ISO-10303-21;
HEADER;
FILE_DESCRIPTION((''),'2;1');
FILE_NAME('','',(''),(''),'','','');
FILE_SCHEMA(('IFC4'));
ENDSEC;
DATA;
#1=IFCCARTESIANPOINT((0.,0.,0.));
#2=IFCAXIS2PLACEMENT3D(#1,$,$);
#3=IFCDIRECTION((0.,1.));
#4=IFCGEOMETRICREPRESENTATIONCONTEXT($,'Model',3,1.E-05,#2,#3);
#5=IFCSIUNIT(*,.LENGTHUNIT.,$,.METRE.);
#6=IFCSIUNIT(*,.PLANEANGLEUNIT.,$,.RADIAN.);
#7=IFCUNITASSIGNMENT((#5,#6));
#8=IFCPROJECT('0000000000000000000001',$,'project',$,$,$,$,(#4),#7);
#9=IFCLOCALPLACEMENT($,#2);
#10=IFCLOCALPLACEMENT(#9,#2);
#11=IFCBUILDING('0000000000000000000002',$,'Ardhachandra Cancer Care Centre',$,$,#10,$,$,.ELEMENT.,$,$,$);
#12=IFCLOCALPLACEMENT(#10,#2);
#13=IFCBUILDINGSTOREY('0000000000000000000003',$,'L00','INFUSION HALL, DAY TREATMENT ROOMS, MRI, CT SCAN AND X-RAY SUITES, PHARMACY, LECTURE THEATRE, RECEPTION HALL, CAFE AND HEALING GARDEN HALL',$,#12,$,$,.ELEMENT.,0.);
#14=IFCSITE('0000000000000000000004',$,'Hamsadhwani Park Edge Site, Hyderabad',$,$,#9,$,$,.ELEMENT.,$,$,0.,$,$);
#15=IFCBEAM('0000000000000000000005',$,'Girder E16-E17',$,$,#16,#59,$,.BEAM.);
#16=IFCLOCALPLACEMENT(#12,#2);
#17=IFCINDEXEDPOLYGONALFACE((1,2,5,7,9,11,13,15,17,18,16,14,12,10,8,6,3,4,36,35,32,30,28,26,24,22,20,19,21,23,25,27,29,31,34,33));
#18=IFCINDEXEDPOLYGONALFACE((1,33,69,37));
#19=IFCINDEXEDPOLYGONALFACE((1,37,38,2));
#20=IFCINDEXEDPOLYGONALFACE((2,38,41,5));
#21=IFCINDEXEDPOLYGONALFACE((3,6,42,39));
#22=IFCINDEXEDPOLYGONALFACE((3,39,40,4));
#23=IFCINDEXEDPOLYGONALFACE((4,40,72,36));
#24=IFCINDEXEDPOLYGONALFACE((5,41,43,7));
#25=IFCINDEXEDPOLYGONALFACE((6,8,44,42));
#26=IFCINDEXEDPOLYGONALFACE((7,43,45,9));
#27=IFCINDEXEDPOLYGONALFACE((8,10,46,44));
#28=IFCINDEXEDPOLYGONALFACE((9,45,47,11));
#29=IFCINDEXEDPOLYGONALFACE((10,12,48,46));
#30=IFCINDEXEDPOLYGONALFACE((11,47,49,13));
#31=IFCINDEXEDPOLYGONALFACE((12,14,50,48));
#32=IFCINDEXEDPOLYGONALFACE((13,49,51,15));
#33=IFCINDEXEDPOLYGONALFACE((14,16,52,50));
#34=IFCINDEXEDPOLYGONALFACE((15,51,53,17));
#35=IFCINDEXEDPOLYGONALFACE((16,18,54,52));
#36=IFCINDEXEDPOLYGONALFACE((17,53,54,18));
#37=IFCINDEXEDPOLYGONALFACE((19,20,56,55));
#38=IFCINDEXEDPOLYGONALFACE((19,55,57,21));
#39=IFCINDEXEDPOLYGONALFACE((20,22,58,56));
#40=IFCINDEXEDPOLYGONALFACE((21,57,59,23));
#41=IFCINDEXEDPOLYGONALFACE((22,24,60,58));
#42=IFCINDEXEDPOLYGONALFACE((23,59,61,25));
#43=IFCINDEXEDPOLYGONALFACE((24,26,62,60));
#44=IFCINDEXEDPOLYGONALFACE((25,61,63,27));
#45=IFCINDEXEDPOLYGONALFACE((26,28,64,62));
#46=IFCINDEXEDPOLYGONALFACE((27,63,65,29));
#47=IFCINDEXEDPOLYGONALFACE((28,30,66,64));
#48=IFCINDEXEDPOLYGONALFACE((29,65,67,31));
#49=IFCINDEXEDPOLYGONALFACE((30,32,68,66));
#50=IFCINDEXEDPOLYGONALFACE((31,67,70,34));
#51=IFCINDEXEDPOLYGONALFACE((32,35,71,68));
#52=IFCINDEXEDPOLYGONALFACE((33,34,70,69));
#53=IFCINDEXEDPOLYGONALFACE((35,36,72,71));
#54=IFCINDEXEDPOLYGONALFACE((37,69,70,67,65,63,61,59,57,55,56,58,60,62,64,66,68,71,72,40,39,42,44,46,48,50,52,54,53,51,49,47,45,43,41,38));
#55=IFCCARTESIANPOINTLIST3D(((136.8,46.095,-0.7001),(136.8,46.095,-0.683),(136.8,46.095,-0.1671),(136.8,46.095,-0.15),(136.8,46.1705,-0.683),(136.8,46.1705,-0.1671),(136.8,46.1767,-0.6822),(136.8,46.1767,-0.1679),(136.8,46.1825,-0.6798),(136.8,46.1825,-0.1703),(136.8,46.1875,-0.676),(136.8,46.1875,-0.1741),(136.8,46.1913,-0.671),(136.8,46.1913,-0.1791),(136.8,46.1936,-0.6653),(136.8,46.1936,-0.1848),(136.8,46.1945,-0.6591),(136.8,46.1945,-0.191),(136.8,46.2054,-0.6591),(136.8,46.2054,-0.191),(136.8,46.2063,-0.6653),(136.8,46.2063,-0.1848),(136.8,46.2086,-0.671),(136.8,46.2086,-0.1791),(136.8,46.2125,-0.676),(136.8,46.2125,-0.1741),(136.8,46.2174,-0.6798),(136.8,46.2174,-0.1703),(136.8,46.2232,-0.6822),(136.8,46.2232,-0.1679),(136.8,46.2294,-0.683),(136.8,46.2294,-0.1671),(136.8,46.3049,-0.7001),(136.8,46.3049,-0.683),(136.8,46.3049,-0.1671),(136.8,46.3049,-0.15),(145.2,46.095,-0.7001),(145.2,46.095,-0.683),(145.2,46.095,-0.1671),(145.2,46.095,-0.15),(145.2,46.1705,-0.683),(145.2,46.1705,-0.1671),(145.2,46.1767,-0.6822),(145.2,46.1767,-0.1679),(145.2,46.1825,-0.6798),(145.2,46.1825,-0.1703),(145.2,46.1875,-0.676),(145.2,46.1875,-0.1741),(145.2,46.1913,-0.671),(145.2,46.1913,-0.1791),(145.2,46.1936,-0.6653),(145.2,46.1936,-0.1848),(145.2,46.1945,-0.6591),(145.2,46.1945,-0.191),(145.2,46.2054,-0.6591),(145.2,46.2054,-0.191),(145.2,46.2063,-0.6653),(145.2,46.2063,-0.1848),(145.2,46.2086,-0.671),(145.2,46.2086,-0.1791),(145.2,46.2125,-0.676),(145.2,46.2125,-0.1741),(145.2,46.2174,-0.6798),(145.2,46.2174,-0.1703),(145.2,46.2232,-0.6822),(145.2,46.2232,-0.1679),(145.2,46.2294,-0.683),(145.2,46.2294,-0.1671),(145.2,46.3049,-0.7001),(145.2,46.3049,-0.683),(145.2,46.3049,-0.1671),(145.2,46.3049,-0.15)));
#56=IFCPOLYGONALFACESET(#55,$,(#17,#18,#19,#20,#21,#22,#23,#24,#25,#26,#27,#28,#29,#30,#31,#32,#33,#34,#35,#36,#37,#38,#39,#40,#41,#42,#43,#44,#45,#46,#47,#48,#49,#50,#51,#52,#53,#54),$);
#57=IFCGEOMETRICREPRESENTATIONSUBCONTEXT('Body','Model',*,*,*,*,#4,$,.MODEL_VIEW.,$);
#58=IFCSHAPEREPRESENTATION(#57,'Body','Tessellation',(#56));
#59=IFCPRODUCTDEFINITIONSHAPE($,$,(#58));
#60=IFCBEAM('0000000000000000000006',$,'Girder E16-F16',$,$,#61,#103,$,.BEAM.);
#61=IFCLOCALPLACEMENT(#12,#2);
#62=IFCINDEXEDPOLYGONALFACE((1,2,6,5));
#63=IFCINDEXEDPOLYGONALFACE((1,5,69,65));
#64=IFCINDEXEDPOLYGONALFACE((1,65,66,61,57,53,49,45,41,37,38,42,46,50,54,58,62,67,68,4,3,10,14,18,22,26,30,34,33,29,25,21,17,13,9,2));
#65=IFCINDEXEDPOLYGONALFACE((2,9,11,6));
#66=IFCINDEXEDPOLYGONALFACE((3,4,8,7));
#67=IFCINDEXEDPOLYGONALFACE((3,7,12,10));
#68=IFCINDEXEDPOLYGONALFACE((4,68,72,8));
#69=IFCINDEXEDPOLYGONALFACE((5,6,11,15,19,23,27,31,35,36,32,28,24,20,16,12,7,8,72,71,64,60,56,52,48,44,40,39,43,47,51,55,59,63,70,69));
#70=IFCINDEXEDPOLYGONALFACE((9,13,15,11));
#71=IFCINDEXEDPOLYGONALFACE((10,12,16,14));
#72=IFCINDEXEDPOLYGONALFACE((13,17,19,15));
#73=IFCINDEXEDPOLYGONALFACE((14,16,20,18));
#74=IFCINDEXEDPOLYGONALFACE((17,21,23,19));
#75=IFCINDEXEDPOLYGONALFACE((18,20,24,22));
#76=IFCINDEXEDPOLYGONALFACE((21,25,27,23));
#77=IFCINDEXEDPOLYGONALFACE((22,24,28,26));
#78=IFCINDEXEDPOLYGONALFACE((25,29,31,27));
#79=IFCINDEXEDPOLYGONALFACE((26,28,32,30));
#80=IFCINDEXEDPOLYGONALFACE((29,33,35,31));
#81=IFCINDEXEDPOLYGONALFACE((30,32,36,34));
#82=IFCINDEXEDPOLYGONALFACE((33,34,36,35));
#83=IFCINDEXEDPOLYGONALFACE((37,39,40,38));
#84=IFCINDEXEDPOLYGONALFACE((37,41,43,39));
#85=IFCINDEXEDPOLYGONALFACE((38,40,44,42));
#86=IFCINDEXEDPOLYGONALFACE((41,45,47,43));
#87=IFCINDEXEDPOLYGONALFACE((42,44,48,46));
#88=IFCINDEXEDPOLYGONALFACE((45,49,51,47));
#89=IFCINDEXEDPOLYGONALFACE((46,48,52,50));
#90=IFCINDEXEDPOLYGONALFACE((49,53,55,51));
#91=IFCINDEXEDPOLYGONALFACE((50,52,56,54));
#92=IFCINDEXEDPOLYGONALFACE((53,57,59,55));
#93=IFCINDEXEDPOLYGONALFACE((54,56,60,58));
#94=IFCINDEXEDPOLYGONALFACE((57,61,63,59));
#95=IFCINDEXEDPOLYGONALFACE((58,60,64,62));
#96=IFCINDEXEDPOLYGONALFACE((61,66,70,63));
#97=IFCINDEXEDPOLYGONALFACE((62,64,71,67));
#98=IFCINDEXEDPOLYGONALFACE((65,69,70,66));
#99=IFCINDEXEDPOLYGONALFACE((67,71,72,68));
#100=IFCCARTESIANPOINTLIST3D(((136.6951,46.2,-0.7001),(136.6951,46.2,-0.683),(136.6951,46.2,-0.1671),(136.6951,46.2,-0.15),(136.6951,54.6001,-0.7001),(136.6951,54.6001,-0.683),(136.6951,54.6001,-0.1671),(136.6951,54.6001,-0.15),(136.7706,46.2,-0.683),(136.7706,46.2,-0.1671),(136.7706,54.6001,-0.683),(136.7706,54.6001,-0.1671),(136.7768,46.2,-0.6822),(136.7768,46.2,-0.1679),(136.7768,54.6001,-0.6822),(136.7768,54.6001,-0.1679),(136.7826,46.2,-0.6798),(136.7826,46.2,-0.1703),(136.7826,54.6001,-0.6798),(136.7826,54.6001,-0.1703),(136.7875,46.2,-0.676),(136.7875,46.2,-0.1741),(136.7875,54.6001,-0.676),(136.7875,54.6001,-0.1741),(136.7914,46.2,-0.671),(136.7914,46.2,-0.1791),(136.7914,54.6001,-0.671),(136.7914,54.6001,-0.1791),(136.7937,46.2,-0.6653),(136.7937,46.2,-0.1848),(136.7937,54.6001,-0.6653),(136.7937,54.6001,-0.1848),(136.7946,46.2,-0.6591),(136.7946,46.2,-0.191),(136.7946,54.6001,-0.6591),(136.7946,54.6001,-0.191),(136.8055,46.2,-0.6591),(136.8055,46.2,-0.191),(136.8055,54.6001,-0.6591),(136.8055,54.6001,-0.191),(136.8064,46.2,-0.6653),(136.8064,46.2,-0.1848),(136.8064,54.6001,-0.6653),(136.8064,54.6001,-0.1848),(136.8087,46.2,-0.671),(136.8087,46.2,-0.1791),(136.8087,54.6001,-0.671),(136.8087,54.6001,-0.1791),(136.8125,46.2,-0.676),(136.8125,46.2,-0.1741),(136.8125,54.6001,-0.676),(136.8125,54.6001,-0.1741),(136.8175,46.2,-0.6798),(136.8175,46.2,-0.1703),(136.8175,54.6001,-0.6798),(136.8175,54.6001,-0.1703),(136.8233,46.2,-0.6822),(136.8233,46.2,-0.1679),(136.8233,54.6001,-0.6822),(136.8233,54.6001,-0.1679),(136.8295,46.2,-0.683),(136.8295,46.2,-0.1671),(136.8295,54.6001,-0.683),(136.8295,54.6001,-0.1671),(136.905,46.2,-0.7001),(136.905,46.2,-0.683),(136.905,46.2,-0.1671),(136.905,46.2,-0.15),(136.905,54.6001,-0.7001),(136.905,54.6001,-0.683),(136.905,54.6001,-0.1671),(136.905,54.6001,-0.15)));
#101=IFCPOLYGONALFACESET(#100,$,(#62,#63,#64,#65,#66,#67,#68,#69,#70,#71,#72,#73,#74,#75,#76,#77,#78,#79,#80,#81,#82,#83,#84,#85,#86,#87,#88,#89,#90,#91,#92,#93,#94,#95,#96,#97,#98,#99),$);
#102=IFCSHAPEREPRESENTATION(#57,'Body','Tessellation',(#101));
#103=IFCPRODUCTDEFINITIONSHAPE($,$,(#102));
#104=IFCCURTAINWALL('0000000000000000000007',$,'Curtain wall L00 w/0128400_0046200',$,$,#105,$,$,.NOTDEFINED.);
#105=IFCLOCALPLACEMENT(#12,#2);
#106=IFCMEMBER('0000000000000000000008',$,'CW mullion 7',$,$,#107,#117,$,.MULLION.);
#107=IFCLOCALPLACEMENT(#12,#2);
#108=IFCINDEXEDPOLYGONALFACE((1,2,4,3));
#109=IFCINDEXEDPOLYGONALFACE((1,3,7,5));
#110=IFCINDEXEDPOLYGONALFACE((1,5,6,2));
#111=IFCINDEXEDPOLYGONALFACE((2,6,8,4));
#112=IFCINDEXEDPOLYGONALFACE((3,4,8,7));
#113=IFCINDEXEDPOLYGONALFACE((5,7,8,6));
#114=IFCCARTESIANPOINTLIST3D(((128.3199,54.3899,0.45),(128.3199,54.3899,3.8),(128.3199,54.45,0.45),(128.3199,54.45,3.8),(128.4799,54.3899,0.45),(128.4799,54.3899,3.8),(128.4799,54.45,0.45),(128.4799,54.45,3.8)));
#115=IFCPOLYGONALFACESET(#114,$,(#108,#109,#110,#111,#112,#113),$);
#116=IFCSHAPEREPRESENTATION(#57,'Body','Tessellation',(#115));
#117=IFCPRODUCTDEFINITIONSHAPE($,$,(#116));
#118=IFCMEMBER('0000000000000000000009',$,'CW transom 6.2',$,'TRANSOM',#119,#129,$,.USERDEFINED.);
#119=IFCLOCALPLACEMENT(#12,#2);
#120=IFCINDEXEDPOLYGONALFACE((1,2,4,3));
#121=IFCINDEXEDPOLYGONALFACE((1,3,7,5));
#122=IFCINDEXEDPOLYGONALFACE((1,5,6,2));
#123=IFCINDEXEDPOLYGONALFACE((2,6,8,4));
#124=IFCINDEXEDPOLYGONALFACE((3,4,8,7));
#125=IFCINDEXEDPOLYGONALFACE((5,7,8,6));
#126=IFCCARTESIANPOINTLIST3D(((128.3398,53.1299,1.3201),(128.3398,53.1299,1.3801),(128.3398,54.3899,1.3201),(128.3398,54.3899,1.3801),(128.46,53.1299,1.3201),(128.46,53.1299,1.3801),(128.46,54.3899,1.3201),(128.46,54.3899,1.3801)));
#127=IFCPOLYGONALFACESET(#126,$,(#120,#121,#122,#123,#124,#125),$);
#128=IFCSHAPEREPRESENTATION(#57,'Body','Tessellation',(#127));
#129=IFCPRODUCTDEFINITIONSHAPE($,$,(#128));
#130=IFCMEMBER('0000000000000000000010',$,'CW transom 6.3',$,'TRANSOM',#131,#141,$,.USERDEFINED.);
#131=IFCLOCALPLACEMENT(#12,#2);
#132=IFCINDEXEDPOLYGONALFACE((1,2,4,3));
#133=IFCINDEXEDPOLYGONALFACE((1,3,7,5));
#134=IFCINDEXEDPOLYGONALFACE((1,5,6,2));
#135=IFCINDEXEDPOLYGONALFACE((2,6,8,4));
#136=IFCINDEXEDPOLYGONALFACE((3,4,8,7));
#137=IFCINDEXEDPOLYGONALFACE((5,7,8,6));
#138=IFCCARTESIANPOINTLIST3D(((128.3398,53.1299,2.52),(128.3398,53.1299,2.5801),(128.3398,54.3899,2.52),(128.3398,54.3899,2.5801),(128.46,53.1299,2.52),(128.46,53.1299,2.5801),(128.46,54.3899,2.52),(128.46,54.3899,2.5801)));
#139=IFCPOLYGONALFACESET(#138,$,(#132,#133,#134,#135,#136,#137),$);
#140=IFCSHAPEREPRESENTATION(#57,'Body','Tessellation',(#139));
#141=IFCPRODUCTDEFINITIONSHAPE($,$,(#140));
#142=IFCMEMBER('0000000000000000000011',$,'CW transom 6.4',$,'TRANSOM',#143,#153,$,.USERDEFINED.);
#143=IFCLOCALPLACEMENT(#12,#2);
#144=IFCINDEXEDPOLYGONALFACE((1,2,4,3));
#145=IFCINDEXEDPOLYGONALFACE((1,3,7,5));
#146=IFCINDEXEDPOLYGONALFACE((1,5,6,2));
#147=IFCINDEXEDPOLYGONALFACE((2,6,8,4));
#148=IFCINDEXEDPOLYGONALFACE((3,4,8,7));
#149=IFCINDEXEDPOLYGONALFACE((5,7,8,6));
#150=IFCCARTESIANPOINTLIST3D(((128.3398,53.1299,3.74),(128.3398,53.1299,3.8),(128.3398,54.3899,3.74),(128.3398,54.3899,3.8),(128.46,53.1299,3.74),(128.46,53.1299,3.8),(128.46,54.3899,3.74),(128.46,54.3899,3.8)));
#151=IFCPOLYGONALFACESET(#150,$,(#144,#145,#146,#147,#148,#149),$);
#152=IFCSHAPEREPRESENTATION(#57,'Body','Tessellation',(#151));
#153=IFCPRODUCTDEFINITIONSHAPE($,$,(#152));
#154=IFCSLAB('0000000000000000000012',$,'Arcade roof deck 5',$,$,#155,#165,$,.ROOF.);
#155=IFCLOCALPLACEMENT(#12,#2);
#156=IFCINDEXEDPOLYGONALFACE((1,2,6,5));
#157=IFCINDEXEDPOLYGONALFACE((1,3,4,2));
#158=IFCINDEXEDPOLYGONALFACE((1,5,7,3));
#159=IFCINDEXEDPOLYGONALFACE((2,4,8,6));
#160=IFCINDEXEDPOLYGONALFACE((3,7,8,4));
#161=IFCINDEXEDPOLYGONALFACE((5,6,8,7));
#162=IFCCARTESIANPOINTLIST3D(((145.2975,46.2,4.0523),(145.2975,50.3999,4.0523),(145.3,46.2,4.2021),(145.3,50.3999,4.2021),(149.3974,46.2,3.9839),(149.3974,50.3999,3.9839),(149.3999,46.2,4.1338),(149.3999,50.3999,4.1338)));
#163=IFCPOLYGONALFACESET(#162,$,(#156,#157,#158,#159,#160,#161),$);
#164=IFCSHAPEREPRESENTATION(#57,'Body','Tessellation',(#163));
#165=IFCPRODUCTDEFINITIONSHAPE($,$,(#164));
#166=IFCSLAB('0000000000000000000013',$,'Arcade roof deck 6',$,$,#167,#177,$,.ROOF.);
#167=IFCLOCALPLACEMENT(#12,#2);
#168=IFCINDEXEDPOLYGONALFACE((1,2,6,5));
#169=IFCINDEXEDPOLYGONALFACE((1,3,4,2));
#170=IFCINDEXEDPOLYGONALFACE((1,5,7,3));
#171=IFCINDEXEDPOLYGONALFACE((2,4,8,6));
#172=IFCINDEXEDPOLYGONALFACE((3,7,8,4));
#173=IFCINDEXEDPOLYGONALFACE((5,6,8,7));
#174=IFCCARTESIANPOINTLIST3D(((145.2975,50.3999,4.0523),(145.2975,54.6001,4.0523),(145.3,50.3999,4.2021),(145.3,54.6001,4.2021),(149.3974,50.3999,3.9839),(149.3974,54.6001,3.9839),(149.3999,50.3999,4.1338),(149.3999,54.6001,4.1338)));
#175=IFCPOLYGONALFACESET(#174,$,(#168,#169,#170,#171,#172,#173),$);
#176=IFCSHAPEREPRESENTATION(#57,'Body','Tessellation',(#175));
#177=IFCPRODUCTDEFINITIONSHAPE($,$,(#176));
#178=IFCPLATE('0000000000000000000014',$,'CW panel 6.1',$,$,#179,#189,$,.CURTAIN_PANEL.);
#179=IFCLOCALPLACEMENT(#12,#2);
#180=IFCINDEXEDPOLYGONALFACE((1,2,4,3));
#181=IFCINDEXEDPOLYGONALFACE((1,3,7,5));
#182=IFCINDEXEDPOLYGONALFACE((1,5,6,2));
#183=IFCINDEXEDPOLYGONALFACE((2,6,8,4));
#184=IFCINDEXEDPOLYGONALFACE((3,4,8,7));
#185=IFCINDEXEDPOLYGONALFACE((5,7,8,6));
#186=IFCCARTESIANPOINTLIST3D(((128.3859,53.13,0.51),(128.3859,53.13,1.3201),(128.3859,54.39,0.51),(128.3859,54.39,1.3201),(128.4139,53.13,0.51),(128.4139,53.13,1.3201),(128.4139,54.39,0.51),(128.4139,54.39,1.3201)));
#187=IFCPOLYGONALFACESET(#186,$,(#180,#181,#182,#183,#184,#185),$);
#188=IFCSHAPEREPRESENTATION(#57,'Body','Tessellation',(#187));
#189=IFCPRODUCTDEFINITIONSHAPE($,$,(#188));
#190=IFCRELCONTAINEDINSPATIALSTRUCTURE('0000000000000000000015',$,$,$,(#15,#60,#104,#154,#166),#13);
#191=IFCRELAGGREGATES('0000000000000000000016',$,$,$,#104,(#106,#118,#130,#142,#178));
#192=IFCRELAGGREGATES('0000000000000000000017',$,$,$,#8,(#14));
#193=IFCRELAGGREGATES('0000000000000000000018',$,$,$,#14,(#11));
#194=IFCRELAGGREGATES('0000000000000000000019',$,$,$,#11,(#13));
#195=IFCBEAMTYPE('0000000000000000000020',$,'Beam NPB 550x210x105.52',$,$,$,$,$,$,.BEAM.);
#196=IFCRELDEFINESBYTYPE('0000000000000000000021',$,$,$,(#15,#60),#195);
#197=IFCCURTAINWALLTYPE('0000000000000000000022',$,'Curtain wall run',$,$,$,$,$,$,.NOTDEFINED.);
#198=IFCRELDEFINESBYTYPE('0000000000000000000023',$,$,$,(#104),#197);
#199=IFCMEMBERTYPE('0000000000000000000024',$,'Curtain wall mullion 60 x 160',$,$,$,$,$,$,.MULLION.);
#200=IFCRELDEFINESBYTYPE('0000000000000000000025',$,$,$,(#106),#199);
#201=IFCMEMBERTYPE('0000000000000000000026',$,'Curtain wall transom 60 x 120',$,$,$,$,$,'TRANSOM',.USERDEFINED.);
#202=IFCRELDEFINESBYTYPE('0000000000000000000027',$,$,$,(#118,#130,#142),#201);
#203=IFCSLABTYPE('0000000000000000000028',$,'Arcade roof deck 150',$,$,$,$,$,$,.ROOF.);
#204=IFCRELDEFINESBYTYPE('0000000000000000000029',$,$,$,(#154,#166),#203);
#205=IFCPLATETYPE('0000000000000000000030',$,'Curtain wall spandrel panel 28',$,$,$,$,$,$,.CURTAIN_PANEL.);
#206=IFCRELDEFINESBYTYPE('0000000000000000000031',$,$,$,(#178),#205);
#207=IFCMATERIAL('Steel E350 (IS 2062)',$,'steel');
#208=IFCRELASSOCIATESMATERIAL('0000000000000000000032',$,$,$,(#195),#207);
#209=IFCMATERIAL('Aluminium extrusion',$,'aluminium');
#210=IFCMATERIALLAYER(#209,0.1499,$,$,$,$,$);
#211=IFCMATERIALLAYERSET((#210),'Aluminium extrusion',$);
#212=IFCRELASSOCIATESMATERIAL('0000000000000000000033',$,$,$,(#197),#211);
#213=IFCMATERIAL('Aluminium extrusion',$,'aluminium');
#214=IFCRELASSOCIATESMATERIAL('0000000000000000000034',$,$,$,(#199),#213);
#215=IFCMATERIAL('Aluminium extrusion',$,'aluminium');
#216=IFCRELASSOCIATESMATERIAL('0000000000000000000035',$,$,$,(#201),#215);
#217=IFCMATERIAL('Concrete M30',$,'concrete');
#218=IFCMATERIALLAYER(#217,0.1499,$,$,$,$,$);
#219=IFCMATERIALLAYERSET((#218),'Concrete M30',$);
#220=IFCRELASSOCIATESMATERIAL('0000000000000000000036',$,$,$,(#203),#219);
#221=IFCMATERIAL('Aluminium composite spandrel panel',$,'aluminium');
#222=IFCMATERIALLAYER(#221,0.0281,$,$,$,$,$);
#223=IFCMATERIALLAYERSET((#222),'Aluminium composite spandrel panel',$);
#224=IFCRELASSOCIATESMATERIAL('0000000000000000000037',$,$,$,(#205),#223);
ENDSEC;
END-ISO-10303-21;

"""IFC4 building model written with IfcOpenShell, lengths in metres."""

from ifc_helpers import new_model, si_unit, direction, frame, origin, origin_2d, place, context, subcontext, project, spatial, polyline, rectangle, i_section, outline, extrude, material, layer, layer_set, material_profile, profile_set, type_object, element, aggregate, save


model = new_model("IFC4")

# Units and contexts
model_context = context("Model", 3, precision=1e-05, world=origin(), true_north=direction((0.0, 1.0)))
body_context = subcontext(model_context, "Body", "Model", "MODEL_VIEW")
ifc_project = project(units=[si_unit("LENGTHUNIT", "METRE"), si_unit("PLANEANGLEUNIT", "RADIAN")], contexts=[model_context])

# Site, building, storey
site_placement = place(None, origin())
site = spatial("IfcSite", under=ifc_project, at=site_placement, Name="Hamsadhwani Park Edge Site, Hyderabad", CompositionType="ELEMENT", RefElevation=0.0)
building_placement = place(site_placement, origin())
building = spatial("IfcBuilding", under=site, at=building_placement, Name="Ardhachandra Cancer Care Centre", CompositionType="ELEMENT")
storey_placement = place(building_placement, origin())
storey = spatial("IfcBuildingStorey", under=building, at=storey_placement, Name="L00", Description="INFUSION HALL, DAY TREATMENT ROOMS, MRI, CT SCAN AND X-RAY SUITES, PHARMACY, LECTURE THEATRE, RECEPTION HALL, CAFE AND HEALING GARDEN HALL", CompositionType="ELEMENT", Elevation=0.0)

# Beams
ifc_material_1 = material(Name="Steel E350 (IS 2062)", Category="steel")
ifc_material_profile_1 = material_profile(ifc_material_1, i_section(OverallWidth=0.21, OverallDepth=0.55, WebThickness=0.011, FlangeThickness=0.0171, FilletRadius=0.0239, at=origin_2d()), Name="NPB 550x210x105.52")
ifc_profile_set_1 = profile_set([ifc_material_profile_1], Name="Steel E350 (IS 2062)")
beam_type_1 = type_object("IfcBeamType", Name="Beam NPB 550x210x105.52", PredefinedType="BEAM", material=ifc_profile_set_1)
beam_1_placement = place(storey_placement, frame((136.8, 46.2, -0.425), z_axis=(1.0, 0.0, 0.0), x_axis=(0.0, 1.0, 0.0)))
element("IfcBeam", 1, at=beam_1_placement, inside=storey, type_object=beam_type_1, Name="Girder E16-E17", PredefinedType="BEAM", context=body_context, shape_type="SweptSolid", body=[
    extrude(i_section(OverallWidth=0.21, OverallDepth=0.55, WebThickness=0.011, FlangeThickness=0.0171, FilletRadius=0.0239, at=origin_2d()), origin(), (0.0, 0.0, 1.0), 8.3999),
])
beam_2_placement = place(storey_placement, frame((136.8, 46.2, -0.425), z_axis=(0.0, 1.0, 0.0), x_axis=(-1.0, 0.0, 0.0)))
element("IfcBeam", 2, at=beam_2_placement, inside=storey, type_object=beam_type_1, Name="Girder E16-F16", PredefinedType="BEAM", context=body_context, shape_type="SweptSolid", body=[
    extrude(i_section(OverallWidth=0.21, OverallDepth=0.55, WebThickness=0.011, FlangeThickness=0.0171, FilletRadius=0.0239, at=origin_2d()), origin(), (0.0, 0.0, 1.0), 8.4001),
])

# Curtain wall, members
ifc_material_2 = material(Name="Aluminium extrusion", Category="aluminium")
ifc_layer_1 = layer(ifc_material_2, 0.1499)
ifc_layer_set_1 = layer_set([ifc_layer_1], Name="Aluminium extrusion")
curtain_wall_type = type_object("IfcCurtainWallType", Name="Curtain wall run", PredefinedType="NOTDEFINED", material=ifc_layer_set_1)
curtain_wall_placement = place(storey_placement, origin())
curtain_wall = element("IfcCurtainWall", 3, at=curtain_wall_placement, inside=storey, type_object=curtain_wall_type, Name="Curtain wall L00 w/0128400_0046200", PredefinedType="NOTDEFINED")
ifc_material_3 = material(Name="Aluminium extrusion", Category="aluminium")
ifc_material_profile_2 = material_profile(ifc_material_3, rectangle(XDim=0.1599, YDim=0.0601, at=origin_2d()), Name="Curtain wall mullion 60 x 160")
ifc_profile_set_2 = profile_set([ifc_material_profile_2], Name="Aluminium extrusion")
member_type_1 = type_object("IfcMemberType", Name="Curtain wall mullion 60 x 160", PredefinedType="MULLION", material=ifc_profile_set_2)
member_1_placement = place(storey_placement, frame((128.3999, 54.4199, 0.45), z_axis=(0.0, 0.0, 1.0), x_axis=(-1.0, 0.0, 0.0)))
member_1 = element("IfcMember", 4, at=member_1_placement, type_object=member_type_1, Name="CW mullion 7", PredefinedType="MULLION", context=body_context, shape_type="SweptSolid", body=[
    extrude(rectangle(XDim=0.1599, YDim=0.0601, at=origin_2d()), origin(), (0.0, 0.0, 1.0), 3.3501),
])
ifc_material_4 = material(Name="Aluminium extrusion", Category="aluminium")
ifc_material_profile_3 = material_profile(ifc_material_4, rectangle(XDim=0.1201, YDim=0.0601, at=origin_2d()), Name="Curtain wall transom 60 x 120")
ifc_profile_set_3 = profile_set([ifc_material_profile_3], Name="Aluminium extrusion")
member_type_2 = type_object("IfcMemberType", Name="Curtain wall transom 60 x 120", ElementType="TRANSOM", PredefinedType="USERDEFINED", material=ifc_profile_set_3)
member_2_placement = place(storey_placement, frame((128.3999, 53.1299, 1.3501), z_axis=(0.0, 1.0, 0.0), x_axis=(-1.0, 0.0, 0.0)))
member_2 = element("IfcMember", 5, at=member_2_placement, type_object=member_type_2, Name="CW transom 6.2", ObjectType="TRANSOM", PredefinedType="USERDEFINED", context=body_context, shape_type="SweptSolid", body=[
    extrude(rectangle(XDim=0.1201, YDim=0.0601, at=origin_2d()), origin(), (0.0, 0.0, 1.0), 1.26),
])
member_3_placement = place(storey_placement, frame((128.3999, 53.1299, 2.55), z_axis=(0.0, 1.0, 0.0), x_axis=(-1.0, 0.0, 0.0)))
member_3 = element("IfcMember", 6, at=member_3_placement, type_object=member_type_2, Name="CW transom 6.3", ObjectType="TRANSOM", PredefinedType="USERDEFINED", context=body_context, shape_type="SweptSolid", body=[
    extrude(rectangle(XDim=0.1201, YDim=0.0601, at=origin_2d()), origin(), (0.0, 0.0, 1.0), 1.26),
])
member_4_placement = place(storey_placement, frame((128.3999, 53.1299, 3.77), z_axis=(0.0, 1.0, 0.0), x_axis=(-1.0, 0.0, 0.0)))
member_4 = element("IfcMember", 7, at=member_4_placement, type_object=member_type_2, Name="CW transom 6.4", ObjectType="TRANSOM", PredefinedType="USERDEFINED", context=body_context, shape_type="SweptSolid", body=[
    extrude(rectangle(XDim=0.1201, YDim=0.0601, at=origin_2d()), origin(), (0.0, 0.0, 1.0), 1.26),
])

# Slabs
ifc_material_5 = material(Name="Concrete M30", Category="concrete")
ifc_layer_2 = layer(ifc_material_5, 0.1499)
ifc_layer_set_2 = layer_set([ifc_layer_2], Name="Concrete M30")
slab_type = type_object("IfcSlabType", Name="Arcade roof deck 150", PredefinedType="ROOF", material=ifc_layer_set_2)
slab_1_placement = place(storey_placement, frame((145.3, 46.2, 4.2021), z_axis=(0.016671, 0.0, 0.999861), x_axis=(0.999861, 0.0, -0.016671)))
element("IfcSlab", 8, at=slab_1_placement, inside=storey, type_object=slab_type, Name="Arcade roof deck 5", PredefinedType="ROOF", context=body_context, shape_type="SweptSolid", body=[
    extrude(outline(polyline([(0.0, 0.0), (4.1004, 0.0), (4.1004, 4.2), (0.0, 4.2), (0.0, 0.0)])), origin(), (0.0, 0.0, -1.0), 0.1499),
])
slab_2_placement = place(storey_placement, frame((145.3, 50.3999, 4.2021), z_axis=(0.016671, 0.0, 0.999861), x_axis=(0.999861, 0.0, -0.016671)))
element("IfcSlab", 9, at=slab_2_placement, inside=storey, type_object=slab_type, Name="Arcade roof deck 6", PredefinedType="ROOF", context=body_context, shape_type="SweptSolid", body=[
    extrude(outline(polyline([(0.0, 0.0), (4.1004, 0.0), (4.1004, 4.2002), (0.0, 4.2002), (0.0, 0.0)])), origin(), (0.0, 0.0, -1.0), 0.1499),
])

# Plate
ifc_material_6 = material(Name="Aluminium composite spandrel panel", Category="aluminium")
ifc_layer_3 = layer(ifc_material_6, 0.0281)
ifc_layer_set_3 = layer_set([ifc_layer_3], Name="Aluminium composite spandrel panel")
plate_type = type_object("IfcPlateType", Name="Curtain wall spandrel panel 28", PredefinedType="CURTAIN_PANEL", material=ifc_layer_set_3)
plate_1_placement = place(storey_placement, frame((128.3999, 53.76, 0.51), z_axis=(0.0, 0.0, 1.0), x_axis=(0.0, 1.0, 0.0)))
plate_1 = element("IfcPlate", 10, at=plate_1_placement, type_object=plate_type, Name="CW panel 6.1", PredefinedType="CURTAIN_PANEL", context=body_context, shape_type="SweptSolid", body=[
    extrude(rectangle(XDim=1.26, YDim=0.0281, at=origin_2d()), origin(), (0.0, 0.0, 1.0), 0.8101),
])
aggregate(curtain_wall, [member_1, member_2, member_3, member_4, plate_1])

save(model, "model.ifc")
